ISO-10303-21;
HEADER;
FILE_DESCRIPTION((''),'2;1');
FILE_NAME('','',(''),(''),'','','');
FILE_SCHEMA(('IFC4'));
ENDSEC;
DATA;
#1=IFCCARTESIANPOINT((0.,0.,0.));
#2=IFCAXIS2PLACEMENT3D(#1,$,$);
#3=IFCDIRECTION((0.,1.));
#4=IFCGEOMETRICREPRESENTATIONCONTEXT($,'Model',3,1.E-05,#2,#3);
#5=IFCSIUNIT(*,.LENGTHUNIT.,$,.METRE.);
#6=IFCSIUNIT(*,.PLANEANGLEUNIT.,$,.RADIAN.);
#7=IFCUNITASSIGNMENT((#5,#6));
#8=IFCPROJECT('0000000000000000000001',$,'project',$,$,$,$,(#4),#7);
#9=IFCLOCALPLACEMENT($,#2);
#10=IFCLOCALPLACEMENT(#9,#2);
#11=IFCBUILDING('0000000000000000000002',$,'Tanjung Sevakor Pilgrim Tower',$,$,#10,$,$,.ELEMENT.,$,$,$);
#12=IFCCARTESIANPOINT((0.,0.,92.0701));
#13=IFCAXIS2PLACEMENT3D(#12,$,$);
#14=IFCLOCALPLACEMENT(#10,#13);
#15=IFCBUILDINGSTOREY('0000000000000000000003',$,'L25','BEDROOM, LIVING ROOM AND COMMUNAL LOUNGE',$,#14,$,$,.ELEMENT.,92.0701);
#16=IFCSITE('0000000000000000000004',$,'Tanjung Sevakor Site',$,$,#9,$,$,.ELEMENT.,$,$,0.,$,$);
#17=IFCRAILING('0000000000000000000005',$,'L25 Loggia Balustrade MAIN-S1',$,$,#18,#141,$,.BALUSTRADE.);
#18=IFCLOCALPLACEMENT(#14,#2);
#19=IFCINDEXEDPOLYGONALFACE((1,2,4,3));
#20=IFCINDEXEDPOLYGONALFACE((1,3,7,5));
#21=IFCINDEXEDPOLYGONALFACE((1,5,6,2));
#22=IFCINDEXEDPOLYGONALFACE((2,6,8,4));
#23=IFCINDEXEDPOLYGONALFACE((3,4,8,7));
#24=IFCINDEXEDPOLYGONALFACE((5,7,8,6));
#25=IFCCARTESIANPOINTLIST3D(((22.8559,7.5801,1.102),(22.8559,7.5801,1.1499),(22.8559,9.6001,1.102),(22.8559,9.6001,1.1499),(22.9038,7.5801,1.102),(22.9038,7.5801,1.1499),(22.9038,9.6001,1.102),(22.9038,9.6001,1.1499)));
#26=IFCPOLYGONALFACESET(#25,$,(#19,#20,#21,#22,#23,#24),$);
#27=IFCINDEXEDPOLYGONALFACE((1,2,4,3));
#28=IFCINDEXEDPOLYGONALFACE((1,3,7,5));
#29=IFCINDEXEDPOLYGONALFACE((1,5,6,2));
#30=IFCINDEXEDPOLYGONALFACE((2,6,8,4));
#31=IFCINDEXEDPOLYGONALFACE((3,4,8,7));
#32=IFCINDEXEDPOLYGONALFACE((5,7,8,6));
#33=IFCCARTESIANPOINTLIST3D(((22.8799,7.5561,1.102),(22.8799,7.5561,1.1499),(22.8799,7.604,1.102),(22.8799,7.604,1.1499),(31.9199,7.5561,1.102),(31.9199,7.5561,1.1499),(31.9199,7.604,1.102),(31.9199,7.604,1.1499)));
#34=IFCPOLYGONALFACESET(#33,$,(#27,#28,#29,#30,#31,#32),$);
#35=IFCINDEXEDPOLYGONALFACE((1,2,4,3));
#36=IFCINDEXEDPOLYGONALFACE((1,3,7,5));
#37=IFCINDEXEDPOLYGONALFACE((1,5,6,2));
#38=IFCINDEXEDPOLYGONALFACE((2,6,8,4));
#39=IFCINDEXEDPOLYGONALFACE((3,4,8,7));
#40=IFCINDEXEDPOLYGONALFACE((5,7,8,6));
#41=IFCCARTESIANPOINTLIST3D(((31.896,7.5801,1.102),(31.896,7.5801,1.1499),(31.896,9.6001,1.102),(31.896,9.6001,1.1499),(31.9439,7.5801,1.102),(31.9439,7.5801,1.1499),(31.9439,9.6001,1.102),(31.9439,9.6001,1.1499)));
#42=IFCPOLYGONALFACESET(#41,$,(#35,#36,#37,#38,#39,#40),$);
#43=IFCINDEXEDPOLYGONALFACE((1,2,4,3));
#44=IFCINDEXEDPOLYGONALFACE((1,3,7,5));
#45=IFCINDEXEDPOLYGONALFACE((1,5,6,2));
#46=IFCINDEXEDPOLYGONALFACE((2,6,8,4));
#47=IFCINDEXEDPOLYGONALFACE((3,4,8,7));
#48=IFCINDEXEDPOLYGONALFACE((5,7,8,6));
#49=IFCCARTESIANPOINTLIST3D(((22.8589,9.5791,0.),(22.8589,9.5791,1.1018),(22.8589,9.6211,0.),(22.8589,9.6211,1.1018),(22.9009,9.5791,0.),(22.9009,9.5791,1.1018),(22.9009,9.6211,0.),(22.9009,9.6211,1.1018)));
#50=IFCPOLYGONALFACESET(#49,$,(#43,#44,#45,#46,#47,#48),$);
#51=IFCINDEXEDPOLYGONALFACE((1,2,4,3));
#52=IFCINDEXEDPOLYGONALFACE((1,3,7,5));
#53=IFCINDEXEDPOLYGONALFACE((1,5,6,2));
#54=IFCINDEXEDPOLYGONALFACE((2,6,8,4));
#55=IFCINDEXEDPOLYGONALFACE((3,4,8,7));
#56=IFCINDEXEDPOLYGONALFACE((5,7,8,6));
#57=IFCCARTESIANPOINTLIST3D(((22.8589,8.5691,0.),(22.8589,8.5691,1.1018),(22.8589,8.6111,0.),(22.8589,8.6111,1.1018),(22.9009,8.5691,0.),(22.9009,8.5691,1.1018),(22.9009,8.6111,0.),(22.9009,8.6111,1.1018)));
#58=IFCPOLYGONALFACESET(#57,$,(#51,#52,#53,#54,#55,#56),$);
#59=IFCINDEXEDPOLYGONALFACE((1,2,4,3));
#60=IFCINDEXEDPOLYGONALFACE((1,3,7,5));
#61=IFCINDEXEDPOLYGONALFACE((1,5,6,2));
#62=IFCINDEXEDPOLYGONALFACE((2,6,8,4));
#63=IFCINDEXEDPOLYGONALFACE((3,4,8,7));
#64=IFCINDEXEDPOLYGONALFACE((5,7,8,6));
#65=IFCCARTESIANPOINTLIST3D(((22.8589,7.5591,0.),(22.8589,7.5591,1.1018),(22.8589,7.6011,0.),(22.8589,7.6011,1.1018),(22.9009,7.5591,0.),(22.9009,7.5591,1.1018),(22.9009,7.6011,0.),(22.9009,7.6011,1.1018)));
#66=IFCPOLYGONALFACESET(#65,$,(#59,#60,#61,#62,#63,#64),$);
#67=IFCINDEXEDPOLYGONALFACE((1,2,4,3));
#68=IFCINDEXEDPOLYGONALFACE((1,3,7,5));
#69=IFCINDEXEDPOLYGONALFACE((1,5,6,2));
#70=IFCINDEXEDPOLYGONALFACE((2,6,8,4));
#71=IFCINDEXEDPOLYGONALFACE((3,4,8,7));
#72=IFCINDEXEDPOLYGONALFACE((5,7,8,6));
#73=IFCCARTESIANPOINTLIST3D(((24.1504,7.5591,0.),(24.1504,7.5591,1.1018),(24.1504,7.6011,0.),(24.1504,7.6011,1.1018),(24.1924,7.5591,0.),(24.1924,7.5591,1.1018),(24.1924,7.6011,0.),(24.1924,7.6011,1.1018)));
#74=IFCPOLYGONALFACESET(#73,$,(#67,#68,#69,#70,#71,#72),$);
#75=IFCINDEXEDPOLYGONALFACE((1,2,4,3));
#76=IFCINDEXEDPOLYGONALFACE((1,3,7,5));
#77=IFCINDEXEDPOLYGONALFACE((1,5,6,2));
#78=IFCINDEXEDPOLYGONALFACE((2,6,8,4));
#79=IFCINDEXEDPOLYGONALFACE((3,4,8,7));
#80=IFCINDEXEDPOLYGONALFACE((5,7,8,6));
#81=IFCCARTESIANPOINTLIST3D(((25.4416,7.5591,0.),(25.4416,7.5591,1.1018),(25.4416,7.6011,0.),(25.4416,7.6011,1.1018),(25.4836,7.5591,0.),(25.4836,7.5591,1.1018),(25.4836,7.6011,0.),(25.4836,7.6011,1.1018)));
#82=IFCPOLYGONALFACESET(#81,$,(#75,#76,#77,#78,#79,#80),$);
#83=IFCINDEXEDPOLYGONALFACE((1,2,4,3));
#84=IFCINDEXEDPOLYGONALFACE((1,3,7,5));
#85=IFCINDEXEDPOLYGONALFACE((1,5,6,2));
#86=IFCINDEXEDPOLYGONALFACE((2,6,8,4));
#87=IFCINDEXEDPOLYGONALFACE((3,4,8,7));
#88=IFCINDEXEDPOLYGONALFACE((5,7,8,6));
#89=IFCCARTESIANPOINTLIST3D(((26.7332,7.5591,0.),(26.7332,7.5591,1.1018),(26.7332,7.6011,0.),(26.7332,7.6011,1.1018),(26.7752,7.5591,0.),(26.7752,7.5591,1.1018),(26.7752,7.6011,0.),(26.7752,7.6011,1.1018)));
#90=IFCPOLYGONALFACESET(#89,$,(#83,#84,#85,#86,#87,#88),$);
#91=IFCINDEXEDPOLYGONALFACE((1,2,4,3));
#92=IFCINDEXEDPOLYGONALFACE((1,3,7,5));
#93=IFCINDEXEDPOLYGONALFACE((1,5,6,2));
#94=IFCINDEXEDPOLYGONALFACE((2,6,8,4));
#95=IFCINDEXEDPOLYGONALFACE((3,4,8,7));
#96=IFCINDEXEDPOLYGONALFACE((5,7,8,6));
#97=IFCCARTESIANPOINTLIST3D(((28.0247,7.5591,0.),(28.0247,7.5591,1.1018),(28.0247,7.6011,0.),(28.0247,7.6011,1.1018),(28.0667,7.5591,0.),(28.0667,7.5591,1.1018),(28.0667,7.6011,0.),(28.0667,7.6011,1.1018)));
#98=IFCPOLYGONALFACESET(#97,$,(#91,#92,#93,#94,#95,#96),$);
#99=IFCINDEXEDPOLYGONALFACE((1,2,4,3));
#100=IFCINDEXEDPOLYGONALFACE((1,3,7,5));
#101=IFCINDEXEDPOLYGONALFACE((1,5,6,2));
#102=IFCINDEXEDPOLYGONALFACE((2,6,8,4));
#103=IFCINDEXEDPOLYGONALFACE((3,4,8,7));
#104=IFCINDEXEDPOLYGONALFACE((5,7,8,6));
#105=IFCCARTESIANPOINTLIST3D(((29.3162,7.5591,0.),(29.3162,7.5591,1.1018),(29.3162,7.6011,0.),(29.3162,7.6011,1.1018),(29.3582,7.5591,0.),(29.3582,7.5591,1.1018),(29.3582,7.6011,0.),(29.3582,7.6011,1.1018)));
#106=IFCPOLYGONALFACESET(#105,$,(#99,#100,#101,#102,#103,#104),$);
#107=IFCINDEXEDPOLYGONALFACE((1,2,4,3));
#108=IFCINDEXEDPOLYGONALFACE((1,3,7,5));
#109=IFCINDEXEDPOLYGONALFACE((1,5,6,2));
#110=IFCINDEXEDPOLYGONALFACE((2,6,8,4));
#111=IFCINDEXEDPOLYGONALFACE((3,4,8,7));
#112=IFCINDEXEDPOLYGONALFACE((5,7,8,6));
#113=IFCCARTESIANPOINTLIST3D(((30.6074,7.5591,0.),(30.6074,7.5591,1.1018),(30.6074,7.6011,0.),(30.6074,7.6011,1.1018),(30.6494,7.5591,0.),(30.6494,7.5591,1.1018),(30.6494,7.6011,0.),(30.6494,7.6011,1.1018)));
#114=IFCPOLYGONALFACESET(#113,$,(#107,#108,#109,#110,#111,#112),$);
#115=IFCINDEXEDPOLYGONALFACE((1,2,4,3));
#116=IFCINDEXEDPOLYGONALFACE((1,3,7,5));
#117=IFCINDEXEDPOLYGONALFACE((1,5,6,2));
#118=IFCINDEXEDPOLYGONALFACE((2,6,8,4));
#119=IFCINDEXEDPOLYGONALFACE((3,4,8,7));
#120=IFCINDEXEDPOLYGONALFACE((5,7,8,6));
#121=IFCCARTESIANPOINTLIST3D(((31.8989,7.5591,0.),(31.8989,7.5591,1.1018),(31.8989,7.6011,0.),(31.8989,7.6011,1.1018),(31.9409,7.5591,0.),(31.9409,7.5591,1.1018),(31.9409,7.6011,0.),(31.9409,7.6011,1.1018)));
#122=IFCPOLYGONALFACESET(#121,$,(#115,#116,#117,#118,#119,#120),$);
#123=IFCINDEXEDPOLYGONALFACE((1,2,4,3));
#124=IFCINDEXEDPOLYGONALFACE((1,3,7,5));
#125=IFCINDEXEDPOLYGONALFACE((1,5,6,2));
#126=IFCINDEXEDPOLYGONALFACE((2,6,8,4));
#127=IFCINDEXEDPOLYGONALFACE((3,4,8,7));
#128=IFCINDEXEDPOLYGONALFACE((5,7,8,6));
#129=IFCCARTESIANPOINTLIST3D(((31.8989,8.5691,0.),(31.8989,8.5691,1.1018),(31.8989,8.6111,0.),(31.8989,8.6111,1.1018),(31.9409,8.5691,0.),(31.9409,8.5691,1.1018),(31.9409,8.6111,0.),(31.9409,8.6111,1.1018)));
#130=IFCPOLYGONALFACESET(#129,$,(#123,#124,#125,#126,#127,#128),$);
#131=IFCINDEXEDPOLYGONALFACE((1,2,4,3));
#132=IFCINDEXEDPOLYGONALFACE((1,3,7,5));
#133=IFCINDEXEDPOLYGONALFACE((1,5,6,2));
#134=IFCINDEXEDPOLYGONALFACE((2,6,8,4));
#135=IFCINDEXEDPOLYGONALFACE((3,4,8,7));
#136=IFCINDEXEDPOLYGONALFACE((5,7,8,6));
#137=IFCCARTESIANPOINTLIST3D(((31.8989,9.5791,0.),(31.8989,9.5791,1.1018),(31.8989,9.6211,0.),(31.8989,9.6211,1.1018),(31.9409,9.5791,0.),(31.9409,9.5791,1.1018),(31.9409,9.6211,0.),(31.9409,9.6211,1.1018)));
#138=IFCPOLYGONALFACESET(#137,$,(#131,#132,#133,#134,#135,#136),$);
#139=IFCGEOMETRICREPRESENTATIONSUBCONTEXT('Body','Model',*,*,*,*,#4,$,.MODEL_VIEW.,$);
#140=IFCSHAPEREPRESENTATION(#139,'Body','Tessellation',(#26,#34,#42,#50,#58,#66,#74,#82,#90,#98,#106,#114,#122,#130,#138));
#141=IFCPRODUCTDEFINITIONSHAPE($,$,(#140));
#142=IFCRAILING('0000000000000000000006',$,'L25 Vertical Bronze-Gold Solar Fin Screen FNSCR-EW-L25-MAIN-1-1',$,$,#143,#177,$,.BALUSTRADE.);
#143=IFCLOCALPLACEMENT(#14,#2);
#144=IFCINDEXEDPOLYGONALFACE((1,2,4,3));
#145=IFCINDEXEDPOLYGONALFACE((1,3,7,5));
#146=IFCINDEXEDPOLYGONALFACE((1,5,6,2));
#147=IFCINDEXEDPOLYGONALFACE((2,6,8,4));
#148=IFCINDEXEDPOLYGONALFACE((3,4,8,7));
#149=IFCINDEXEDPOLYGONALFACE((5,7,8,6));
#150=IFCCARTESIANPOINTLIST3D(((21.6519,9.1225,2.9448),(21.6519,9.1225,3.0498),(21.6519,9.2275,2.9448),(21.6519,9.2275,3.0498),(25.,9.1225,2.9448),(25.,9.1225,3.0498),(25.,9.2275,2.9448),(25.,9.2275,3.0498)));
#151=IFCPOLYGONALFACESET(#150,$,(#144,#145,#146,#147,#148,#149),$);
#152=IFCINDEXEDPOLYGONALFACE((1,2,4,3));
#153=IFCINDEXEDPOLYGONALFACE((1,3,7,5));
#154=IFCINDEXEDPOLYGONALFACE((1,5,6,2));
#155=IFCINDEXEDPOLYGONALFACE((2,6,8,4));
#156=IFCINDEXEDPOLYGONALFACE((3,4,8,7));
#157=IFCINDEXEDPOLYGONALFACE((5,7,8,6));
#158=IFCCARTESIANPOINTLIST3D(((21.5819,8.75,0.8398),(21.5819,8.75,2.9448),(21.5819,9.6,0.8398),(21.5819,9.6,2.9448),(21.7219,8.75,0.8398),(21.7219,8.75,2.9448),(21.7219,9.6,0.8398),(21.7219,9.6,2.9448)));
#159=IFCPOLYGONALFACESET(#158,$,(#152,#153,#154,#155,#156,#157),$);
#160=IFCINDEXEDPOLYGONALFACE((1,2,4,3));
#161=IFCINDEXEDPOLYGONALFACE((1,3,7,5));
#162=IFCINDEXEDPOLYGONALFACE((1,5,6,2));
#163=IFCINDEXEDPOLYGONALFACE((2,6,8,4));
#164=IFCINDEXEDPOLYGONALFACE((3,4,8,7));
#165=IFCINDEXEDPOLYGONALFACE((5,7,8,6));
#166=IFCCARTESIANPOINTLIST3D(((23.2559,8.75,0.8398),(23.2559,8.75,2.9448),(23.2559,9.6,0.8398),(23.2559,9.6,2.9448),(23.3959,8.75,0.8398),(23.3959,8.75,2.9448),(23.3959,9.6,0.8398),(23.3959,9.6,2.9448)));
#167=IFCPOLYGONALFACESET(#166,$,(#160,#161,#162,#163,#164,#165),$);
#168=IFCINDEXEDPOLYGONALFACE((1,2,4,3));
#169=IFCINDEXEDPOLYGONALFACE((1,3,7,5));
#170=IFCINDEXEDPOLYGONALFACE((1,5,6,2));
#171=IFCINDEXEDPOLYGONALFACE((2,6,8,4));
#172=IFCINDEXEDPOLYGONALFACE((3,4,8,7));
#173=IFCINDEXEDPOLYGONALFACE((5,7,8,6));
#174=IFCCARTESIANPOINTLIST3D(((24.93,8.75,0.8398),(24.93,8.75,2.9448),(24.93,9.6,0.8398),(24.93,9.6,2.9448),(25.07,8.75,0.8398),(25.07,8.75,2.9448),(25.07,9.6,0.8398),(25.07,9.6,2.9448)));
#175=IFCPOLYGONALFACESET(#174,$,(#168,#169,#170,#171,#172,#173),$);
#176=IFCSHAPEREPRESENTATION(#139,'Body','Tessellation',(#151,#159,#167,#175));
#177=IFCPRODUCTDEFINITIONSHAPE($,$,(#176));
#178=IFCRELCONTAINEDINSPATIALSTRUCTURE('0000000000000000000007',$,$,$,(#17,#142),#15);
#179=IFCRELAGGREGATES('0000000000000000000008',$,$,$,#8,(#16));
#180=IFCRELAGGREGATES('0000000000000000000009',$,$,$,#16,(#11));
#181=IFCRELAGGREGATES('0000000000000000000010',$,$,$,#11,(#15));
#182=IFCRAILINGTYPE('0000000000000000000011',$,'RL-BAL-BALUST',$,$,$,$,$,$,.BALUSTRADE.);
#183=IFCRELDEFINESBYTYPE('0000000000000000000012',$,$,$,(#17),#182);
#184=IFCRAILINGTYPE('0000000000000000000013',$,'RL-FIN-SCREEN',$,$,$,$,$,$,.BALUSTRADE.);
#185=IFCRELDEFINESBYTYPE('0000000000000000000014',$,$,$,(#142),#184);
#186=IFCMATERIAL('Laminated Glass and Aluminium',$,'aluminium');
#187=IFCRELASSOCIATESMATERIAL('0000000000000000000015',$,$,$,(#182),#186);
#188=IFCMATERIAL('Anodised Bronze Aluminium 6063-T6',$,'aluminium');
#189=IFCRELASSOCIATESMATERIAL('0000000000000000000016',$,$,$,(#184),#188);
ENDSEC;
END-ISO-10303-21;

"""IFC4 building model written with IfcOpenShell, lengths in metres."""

from ifc_helpers import new_model, si_unit, direction, frame, origin, place, context, subcontext, project, spatial, rectangle, extrude, material, type_object, element, save


model = new_model("IFC4")

# Units and contexts
model_context = context("Model", 3, precision=1e-05, world=origin(), true_north=direction((0.0, 1.0)))
body_context = subcontext(model_context, "Body", "Model", "MODEL_VIEW")
ifc_project = project(units=[si_unit("LENGTHUNIT", "METRE"), si_unit("PLANEANGLEUNIT", "RADIAN")], contexts=[model_context])

# Site, building, storey
site_placement = place(None, origin())
site = spatial("IfcSite", under=ifc_project, at=site_placement, Name="Tanjung Sevakor Site", CompositionType="ELEMENT", RefElevation=0.0)
building_placement = place(site_placement, origin())
building = spatial("IfcBuilding", under=site, at=building_placement, Name="Tanjung Sevakor Pilgrim Tower", CompositionType="ELEMENT")
storey_placement = place(building_placement, frame((0.0, 0.0, 92.0701)))
storey = spatial("IfcBuildingStorey", under=building, at=storey_placement, Name="L25", Description="BEDROOM, LIVING ROOM AND COMMUNAL LOUNGE", CompositionType="ELEMENT", Elevation=92.0701)

# Railings
ifc_material_1 = material(Name="Laminated Glass and Aluminium", Category="aluminium")
railing_type_1 = type_object("IfcRailingType", Name="RL-BAL-BALUST", PredefinedType="BALUSTRADE", material=ifc_material_1)
railing_1_placement = place(storey_placement, frame((22.8799, 9.6001, 0.0)))
element("IfcRailing", 1, at=railing_1_placement, inside=storey, type_object=railing_type_1, Name="L25 Loggia Balustrade MAIN-S1", PredefinedType="BALUSTRADE", context=body_context, shape_type="SweptSolid", body=[
    extrude(rectangle(XDim=0.0479, YDim=0.0479), frame((0.0, 0.0, 1.126), z_axis=(0.0, -1.0, 0.0), x_axis=(1.0, 0.0, 0.0)), (0.0, 0.0, 1.0), 2.02),
    extrude(rectangle(XDim=0.0479, YDim=0.0479), frame((0.0, -2.02, 1.126), z_axis=(1.0, 0.0, 0.0), x_axis=(0.0, 1.0, 0.0)), (0.0, 0.0, 1.0), 9.04),
    extrude(rectangle(XDim=0.0479, YDim=0.0479), frame((9.04, -2.02, 1.126), z_axis=(0.0, 1.0, 0.0), x_axis=(-1.0, 0.0, 0.0)), (0.0, 0.0, 1.0), 2.02),
    extrude(rectangle(XDim=0.042, YDim=0.042), origin(), (0.0, 0.0, 1.0), 1.1018),
    extrude(rectangle(XDim=0.042, YDim=0.042), frame((0.0, -1.01, 0.0)), (0.0, 0.0, 1.0), 1.1018),
    extrude(rectangle(XDim=0.042, YDim=0.042), frame((0.0, -2.02, 0.0)), (0.0, 0.0, 1.0), 1.1018),
    extrude(rectangle(XDim=0.042, YDim=0.042), frame((1.2915, -2.02, 0.0)), (0.0, 0.0, 1.0), 1.1018),
    extrude(rectangle(XDim=0.042, YDim=0.042), frame((2.5828, -2.02, 0.0)), (0.0, 0.0, 1.0), 1.1018),
    extrude(rectangle(XDim=0.042, YDim=0.042), frame((3.8743, -2.02, 0.0)), (0.0, 0.0, 1.0), 1.1018),
    extrude(rectangle(XDim=0.042, YDim=0.042), frame((5.1658, -2.02, 0.0)), (0.0, 0.0, 1.0), 1.1018),
    extrude(rectangle(XDim=0.042, YDim=0.042), frame((6.4573, -2.02, 0.0)), (0.0, 0.0, 1.0), 1.1018),
    extrude(rectangle(XDim=0.042, YDim=0.042), frame((7.7485, -2.02, 0.0)), (0.0, 0.0, 1.0), 1.1018),
    extrude(rectangle(XDim=0.042, YDim=0.042), frame((9.04, -2.02, 0.0)), (0.0, 0.0, 1.0), 1.1018),
    extrude(rectangle(XDim=0.042, YDim=0.042), frame((9.04, -1.01, 0.0)), (0.0, 0.0, 1.0), 1.1018),
    extrude(rectangle(XDim=0.042, YDim=0.042), frame((9.04, 0.0, 0.0)), (0.0, 0.0, 1.0), 1.1018),
])
ifc_material_2 = material(Name="Anodised Bronze Aluminium 6063-T6", Category="aluminium")
railing_type_2 = type_object("IfcRailingType", Name="RL-FIN-SCREEN", PredefinedType="BALUSTRADE", material=ifc_material_2)
railing_2_placement = place(storey_placement, frame((21.6519, 9.175, 0.8398)))
element("IfcRailing", 2, at=railing_2_placement, inside=storey, type_object=railing_type_2, Name="L25 Vertical Bronze-Gold Solar Fin Screen FNSCR-EW-L25-MAIN-1-1", PredefinedType="BALUSTRADE", context=body_context, shape_type="SweptSolid", body=[
    extrude(rectangle(XDim=0.105, YDim=0.105), frame((0.0, 0.0, 2.1575), z_axis=(1.0, 0.0, 0.0), x_axis=(0.0, 1.0, 0.0)), (0.0, 0.0, 1.0), 3.3481),
    extrude(rectangle(XDim=0.14, YDim=0.85), origin(), (0.0, 0.0, 1.0), 2.105),
    extrude(rectangle(XDim=0.14, YDim=0.85), frame((1.6741, 0.0, 0.0)), (0.0, 0.0, 1.0), 2.105),
    extrude(rectangle(XDim=0.14, YDim=0.85), frame((3.3481, 0.0, 0.0)), (0.0, 0.0, 1.0), 2.105),
])

save(model, "model.ifc")
